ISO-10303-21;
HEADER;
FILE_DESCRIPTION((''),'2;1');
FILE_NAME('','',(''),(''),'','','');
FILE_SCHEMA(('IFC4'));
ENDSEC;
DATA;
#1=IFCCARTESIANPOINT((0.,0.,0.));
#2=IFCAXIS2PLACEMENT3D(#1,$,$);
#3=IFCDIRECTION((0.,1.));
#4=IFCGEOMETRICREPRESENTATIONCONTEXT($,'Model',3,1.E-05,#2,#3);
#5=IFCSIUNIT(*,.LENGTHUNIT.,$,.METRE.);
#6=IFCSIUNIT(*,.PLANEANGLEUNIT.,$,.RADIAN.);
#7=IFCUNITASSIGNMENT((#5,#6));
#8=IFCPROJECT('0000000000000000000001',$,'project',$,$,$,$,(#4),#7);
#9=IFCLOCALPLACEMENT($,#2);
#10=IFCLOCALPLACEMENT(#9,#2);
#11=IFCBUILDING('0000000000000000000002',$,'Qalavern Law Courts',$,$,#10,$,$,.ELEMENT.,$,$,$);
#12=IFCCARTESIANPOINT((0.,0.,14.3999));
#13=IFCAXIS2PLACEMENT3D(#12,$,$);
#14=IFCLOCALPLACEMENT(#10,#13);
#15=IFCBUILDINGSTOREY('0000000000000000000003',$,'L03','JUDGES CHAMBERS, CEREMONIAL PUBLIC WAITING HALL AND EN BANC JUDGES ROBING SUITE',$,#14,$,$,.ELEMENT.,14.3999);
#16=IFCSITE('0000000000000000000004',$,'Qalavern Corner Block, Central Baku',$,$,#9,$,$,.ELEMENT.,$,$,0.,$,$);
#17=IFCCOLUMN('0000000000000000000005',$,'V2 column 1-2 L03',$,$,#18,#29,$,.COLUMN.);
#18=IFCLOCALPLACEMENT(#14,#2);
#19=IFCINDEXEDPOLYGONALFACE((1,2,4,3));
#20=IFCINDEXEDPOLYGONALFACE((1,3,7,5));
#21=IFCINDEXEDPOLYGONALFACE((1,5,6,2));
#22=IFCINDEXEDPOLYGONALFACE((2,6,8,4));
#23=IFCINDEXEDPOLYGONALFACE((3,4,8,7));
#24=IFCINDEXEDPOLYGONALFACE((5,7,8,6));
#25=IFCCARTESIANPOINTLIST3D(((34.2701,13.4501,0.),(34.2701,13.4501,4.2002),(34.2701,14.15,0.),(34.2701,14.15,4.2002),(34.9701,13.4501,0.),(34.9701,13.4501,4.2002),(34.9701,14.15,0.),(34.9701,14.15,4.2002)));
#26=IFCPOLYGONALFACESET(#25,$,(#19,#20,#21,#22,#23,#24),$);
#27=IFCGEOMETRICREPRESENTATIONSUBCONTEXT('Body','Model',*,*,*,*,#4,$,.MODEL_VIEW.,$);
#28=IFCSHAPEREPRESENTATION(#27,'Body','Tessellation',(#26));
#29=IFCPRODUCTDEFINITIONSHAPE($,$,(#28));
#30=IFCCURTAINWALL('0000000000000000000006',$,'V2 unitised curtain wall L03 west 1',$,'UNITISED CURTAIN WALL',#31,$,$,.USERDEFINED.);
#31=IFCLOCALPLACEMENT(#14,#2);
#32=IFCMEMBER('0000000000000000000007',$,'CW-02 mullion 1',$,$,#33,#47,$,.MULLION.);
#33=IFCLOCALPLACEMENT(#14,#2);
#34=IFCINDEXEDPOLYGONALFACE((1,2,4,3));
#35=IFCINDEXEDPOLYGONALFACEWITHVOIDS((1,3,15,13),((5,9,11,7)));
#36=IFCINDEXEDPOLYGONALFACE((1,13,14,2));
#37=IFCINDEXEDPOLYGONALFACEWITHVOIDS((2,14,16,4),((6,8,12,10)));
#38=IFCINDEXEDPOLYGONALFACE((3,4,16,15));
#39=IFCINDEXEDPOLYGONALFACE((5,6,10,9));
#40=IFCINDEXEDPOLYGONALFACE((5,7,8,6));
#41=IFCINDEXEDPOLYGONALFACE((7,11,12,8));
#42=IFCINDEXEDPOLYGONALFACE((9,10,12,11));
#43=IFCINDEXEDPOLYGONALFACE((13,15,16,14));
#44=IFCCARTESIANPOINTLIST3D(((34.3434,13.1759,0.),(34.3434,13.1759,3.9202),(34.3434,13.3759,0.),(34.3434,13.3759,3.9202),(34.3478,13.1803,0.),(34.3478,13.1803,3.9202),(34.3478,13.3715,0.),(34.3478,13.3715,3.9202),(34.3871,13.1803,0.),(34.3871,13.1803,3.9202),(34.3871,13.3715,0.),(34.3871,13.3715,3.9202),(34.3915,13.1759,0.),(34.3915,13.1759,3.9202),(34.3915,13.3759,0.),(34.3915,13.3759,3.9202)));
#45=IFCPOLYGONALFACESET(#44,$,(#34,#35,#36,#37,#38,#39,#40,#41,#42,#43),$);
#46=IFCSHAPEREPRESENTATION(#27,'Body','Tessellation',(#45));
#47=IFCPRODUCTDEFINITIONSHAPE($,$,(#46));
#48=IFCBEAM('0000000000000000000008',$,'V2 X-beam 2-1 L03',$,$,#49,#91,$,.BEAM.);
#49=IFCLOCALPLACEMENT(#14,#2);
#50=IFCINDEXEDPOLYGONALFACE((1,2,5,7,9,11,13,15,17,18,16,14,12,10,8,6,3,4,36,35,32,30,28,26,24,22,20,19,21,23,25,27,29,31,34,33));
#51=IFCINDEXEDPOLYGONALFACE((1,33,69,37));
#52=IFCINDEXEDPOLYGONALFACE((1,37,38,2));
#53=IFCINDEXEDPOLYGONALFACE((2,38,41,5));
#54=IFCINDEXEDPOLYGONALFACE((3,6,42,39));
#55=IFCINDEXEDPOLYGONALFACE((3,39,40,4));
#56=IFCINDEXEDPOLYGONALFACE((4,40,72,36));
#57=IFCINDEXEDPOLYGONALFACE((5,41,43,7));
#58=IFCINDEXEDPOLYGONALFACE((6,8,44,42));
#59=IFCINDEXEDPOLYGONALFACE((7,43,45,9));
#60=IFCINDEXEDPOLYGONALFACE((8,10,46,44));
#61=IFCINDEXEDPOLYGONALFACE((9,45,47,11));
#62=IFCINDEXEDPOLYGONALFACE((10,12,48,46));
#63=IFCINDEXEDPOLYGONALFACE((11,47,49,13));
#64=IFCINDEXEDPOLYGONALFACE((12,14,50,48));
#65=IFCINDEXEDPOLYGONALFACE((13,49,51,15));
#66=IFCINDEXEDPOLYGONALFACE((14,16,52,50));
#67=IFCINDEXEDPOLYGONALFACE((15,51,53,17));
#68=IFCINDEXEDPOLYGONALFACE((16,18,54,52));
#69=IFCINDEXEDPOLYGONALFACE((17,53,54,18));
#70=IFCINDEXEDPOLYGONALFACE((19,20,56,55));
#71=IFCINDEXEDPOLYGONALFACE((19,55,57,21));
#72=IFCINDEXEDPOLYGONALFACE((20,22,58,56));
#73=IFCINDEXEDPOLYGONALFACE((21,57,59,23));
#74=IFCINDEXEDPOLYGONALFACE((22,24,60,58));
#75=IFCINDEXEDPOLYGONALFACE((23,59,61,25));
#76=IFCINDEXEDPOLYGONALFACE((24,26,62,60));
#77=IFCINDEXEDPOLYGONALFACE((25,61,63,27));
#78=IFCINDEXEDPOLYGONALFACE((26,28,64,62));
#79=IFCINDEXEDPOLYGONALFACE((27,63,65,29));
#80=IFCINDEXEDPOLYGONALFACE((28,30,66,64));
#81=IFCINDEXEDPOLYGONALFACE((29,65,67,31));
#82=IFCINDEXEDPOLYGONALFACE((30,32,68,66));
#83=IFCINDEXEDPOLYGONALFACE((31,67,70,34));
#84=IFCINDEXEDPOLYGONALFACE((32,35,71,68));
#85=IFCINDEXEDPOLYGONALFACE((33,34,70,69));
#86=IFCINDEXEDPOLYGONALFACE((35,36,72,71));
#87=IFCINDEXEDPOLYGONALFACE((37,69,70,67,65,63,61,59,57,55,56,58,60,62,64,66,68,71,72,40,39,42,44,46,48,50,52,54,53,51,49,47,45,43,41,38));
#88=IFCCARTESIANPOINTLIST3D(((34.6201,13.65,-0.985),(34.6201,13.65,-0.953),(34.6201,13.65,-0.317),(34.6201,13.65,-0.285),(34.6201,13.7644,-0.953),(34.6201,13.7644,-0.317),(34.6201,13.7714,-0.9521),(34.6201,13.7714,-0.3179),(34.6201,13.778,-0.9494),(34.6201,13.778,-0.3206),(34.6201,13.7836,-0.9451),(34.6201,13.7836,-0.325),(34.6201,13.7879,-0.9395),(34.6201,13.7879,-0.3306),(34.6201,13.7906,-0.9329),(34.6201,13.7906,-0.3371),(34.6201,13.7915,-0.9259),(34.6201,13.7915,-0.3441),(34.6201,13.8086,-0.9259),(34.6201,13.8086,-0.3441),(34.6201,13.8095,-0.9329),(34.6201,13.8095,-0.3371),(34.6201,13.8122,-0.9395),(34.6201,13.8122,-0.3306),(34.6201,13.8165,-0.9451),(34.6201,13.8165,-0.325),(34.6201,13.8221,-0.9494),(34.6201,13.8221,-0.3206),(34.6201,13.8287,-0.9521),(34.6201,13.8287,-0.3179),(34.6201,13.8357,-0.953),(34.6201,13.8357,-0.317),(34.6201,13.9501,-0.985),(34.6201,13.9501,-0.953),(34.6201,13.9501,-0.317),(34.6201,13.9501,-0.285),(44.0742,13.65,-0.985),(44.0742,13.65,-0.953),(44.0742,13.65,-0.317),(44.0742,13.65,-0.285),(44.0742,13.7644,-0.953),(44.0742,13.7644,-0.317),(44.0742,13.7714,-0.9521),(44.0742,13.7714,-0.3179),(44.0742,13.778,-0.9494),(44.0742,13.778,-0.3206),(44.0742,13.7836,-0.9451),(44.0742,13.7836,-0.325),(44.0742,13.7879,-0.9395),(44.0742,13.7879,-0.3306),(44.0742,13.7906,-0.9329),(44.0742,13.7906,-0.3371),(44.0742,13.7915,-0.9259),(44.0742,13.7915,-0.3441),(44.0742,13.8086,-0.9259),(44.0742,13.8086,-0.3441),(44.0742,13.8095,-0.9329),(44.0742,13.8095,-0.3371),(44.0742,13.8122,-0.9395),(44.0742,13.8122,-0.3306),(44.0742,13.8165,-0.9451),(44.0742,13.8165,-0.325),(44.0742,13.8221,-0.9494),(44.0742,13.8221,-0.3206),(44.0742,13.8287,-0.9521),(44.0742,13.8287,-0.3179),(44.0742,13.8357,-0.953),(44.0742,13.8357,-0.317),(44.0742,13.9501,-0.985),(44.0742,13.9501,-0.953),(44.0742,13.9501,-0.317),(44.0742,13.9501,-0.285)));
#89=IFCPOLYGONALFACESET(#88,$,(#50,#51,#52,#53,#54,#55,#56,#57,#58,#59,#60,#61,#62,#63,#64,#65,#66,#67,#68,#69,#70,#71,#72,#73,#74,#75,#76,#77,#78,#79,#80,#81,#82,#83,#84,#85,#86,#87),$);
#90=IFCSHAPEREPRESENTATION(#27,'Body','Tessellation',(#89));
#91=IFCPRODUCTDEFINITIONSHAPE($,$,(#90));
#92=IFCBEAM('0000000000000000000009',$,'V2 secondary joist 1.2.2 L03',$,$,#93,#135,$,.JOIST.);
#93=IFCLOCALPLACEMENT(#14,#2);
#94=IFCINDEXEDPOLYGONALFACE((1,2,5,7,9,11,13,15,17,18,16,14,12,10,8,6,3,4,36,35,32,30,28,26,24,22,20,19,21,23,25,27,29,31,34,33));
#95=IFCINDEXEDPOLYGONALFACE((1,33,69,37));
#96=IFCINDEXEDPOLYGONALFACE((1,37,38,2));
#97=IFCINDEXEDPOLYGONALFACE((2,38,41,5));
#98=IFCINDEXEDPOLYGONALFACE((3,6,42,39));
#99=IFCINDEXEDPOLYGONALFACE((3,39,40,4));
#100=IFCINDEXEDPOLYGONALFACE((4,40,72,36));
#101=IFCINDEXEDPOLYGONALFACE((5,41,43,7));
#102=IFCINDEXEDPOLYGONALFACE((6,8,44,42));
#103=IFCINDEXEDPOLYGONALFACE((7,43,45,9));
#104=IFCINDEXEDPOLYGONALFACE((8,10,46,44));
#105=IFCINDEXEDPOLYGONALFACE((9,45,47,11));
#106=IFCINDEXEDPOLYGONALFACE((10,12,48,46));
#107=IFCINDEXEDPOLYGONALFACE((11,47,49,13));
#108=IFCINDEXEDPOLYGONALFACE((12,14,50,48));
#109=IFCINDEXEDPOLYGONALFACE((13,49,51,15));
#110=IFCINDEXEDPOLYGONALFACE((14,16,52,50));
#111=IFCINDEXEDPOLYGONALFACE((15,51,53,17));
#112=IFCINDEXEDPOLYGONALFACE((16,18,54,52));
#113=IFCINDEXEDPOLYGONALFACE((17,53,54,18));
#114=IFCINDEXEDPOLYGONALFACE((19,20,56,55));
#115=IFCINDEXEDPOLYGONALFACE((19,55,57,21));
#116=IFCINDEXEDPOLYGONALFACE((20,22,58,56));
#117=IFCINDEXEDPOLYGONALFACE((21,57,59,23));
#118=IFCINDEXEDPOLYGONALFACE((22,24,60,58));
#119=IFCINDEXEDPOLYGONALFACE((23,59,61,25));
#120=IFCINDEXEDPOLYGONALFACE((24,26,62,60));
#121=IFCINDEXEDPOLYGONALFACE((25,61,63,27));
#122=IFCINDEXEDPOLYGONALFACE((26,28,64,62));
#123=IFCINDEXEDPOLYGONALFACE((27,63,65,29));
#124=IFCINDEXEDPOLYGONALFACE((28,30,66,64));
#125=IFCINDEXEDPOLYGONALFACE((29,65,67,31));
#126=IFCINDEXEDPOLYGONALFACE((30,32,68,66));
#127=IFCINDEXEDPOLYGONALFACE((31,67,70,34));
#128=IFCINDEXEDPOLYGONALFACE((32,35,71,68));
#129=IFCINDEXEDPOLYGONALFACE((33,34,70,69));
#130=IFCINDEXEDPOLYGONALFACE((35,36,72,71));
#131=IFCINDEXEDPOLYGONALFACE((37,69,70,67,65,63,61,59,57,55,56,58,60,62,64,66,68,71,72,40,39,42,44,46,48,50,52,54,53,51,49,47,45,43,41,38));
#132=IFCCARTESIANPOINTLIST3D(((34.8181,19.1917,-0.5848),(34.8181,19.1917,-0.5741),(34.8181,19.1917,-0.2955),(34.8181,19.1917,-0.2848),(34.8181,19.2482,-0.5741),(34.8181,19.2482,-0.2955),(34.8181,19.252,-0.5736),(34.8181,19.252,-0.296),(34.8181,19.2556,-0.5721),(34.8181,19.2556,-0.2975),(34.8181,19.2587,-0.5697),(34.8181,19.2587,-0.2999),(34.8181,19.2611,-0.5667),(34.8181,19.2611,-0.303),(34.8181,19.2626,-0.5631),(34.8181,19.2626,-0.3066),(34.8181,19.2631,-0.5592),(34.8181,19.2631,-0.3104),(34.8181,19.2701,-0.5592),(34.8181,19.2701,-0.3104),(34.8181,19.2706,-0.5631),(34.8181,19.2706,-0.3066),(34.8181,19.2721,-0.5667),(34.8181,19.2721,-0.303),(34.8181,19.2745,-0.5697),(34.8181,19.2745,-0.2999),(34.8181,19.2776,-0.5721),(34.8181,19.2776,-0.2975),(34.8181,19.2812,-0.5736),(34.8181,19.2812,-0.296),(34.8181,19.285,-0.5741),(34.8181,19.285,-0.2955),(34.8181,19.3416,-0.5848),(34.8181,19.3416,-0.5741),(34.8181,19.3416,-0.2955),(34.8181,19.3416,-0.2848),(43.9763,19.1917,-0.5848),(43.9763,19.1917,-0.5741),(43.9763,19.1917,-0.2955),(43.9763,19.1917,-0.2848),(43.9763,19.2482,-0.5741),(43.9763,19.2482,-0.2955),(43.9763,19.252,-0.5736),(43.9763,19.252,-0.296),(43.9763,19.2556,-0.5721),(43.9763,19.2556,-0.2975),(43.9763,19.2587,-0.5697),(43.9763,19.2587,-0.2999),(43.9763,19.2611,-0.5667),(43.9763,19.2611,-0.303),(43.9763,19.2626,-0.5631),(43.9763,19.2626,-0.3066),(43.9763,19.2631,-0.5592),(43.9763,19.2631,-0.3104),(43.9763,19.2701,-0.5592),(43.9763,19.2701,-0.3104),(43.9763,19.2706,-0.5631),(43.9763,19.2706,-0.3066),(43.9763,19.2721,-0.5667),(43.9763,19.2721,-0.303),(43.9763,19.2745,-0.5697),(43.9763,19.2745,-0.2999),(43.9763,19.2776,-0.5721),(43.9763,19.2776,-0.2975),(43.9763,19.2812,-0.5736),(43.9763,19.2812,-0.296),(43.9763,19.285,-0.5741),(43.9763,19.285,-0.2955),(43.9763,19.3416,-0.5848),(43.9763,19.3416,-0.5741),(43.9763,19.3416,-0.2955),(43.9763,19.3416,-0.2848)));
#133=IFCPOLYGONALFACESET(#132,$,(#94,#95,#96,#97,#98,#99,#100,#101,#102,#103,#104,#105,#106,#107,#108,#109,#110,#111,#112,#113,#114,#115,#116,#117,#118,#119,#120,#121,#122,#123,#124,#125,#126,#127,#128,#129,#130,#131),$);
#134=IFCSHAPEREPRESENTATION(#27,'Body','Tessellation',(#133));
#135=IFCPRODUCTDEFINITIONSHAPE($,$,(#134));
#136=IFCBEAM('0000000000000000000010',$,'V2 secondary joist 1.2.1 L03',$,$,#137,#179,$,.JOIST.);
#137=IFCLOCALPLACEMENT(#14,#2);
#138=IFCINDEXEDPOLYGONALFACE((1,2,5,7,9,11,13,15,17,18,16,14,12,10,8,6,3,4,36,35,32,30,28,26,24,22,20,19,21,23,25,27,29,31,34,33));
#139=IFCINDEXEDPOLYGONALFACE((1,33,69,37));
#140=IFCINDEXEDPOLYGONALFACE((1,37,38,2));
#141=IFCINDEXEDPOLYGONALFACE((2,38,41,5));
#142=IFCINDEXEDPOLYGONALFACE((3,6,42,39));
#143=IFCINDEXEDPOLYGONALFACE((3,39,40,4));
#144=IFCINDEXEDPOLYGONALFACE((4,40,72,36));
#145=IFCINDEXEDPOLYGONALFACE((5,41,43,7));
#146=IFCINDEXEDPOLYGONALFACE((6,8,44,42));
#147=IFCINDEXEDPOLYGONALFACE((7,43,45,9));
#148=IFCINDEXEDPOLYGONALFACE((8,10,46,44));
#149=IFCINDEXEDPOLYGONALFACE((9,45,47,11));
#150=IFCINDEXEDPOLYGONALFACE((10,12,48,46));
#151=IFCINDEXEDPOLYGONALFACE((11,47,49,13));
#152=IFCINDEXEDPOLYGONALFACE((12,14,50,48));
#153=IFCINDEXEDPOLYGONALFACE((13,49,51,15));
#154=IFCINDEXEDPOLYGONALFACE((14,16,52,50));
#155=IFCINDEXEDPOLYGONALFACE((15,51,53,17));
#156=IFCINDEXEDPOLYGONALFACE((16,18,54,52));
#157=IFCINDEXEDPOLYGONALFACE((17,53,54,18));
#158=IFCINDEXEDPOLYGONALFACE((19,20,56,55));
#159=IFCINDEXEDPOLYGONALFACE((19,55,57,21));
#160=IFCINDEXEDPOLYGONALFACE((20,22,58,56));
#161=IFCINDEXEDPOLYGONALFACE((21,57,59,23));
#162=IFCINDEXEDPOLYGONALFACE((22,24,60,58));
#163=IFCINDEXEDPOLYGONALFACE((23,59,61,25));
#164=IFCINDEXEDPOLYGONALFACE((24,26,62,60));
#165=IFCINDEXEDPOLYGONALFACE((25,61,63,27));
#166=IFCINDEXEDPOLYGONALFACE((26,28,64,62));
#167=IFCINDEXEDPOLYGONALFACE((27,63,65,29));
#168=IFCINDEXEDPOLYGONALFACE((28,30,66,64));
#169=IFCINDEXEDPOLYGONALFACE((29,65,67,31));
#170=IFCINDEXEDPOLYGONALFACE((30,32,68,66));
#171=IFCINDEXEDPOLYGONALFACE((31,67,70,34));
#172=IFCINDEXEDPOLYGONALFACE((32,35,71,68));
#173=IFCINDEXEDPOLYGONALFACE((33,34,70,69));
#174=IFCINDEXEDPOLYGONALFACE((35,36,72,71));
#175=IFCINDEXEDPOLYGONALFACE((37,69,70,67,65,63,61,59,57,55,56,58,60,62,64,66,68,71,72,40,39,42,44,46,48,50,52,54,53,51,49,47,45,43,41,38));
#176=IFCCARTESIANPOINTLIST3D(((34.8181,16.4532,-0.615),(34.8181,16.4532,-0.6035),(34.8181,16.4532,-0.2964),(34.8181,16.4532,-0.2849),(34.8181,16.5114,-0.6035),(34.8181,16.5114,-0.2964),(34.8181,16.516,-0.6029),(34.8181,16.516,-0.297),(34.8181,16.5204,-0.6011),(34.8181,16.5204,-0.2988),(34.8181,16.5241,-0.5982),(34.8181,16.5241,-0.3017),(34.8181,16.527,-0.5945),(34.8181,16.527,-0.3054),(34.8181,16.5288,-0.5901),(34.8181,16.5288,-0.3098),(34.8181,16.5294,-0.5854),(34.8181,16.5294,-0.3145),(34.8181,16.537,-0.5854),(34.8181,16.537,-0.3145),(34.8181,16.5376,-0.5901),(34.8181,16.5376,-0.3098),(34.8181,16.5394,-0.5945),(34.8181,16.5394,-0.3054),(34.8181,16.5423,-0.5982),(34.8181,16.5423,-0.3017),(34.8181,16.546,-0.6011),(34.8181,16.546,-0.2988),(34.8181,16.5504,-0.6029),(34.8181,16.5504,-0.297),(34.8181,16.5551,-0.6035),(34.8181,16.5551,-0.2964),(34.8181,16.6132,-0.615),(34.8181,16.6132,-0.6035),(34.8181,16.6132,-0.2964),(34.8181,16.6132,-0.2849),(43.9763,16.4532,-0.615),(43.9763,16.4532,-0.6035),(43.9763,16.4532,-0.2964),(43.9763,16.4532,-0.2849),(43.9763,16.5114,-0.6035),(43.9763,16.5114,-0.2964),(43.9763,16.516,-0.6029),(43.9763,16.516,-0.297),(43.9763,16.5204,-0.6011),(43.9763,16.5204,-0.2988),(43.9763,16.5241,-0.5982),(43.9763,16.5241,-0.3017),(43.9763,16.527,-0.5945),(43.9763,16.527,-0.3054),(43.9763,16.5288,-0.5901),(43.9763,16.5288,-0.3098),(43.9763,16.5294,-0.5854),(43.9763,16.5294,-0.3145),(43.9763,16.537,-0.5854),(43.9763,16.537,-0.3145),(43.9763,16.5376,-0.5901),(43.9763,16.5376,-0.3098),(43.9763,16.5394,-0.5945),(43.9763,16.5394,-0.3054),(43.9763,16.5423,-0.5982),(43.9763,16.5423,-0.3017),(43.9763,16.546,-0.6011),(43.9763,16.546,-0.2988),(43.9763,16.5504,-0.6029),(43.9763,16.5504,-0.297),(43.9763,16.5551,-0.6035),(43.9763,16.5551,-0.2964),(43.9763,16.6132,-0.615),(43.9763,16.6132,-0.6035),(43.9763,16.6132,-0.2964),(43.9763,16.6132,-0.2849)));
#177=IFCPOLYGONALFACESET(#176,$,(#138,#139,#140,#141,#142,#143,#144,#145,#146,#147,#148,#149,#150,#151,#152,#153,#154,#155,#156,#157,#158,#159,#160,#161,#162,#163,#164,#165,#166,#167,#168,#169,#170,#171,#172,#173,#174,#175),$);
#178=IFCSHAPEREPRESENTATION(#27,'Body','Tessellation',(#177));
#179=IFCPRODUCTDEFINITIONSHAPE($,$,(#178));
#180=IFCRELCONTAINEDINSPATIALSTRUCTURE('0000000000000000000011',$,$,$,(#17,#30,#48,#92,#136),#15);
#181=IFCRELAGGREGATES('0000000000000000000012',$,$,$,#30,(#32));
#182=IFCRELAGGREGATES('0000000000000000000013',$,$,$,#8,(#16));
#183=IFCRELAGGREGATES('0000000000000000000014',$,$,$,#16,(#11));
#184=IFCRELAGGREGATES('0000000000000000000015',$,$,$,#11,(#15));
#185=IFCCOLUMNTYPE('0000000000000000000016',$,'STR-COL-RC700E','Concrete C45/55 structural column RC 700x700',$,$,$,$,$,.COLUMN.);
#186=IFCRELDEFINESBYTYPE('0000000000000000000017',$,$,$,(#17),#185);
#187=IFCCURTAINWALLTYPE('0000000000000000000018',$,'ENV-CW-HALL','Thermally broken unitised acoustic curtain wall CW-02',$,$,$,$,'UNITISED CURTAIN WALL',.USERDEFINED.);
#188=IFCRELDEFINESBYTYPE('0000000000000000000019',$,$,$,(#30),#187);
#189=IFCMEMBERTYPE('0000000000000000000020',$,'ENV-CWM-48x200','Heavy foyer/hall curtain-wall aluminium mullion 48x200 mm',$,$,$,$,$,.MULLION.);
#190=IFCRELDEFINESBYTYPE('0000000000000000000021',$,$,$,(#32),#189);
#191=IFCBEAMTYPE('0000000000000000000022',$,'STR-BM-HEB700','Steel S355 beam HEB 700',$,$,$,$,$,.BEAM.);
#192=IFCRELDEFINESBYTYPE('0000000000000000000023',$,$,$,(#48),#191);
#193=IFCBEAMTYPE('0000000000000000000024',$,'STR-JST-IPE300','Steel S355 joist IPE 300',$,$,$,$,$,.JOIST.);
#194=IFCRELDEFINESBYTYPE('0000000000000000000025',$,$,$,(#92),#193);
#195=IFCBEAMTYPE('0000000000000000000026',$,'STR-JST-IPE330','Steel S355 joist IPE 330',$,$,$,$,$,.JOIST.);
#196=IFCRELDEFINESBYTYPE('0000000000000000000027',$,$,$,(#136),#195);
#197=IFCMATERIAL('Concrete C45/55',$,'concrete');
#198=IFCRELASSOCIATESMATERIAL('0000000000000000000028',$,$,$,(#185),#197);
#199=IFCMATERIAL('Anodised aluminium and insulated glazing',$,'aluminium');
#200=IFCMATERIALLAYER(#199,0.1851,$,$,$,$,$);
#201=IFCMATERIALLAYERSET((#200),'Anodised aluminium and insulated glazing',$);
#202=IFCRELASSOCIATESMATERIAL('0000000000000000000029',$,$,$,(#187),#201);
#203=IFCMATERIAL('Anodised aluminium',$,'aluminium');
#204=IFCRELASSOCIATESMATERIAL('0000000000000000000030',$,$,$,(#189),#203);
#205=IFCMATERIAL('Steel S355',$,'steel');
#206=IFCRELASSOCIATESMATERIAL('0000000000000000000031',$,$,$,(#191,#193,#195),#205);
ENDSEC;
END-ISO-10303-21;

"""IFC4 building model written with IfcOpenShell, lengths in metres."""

from ifc_helpers import new_model, si_unit, direction, frame, origin, origin_2d, place, context, subcontext, project, spatial, rectangle, hollow_rectangle, i_section, extrude, material, layer, layer_set, material_profile, profile_set, type_object, element, aggregate, save


model = new_model("IFC4")

# Units and contexts
model_context = context("Model", 3, precision=1e-05, world=origin(), true_north=direction((0.0, 1.0)))
body_context = subcontext(model_context, "Body", "Model", "MODEL_VIEW")
ifc_project = project(units=[si_unit("LENGTHUNIT", "METRE"), si_unit("PLANEANGLEUNIT", "RADIAN")], contexts=[model_context])

# Site, building, storey
site_placement = place(None, origin())
site = spatial("IfcSite", under=ifc_project, at=site_placement, Name="Qalavern Corner Block, Central Baku", CompositionType="ELEMENT", RefElevation=0.0)
building_placement = place(site_placement, origin())
building = spatial("IfcBuilding", under=site, at=building_placement, Name="Qalavern Law Courts", CompositionType="ELEMENT")
storey_placement = place(building_placement, frame((0.0, 0.0, 14.3999)))
storey = spatial("IfcBuildingStorey", under=building, at=storey_placement, Name="L03", Description="JUDGES CHAMBERS, CEREMONIAL PUBLIC WAITING HALL AND EN BANC JUDGES ROBING SUITE", CompositionType="ELEMENT", Elevation=14.3999)

# Column
ifc_material_1 = material(Name="Concrete C45/55", Category="concrete")
ifc_material_profile_1 = material_profile(ifc_material_1, rectangle(XDim=0.7, YDim=0.7, at=origin_2d()), Name="RC 700x700")
ifc_profile_set_1 = profile_set([ifc_material_profile_1], Name="Concrete C45/55")
column_type = type_object("IfcColumnType", Name="STR-COL-RC700E", Description="Concrete C45/55 structural column RC 700x700", PredefinedType="COLUMN", material=ifc_profile_set_1)
column_placement = place(storey_placement, frame((34.6201, 13.8, 0.0), z_axis=(0.0, 0.0, 1.0), x_axis=(1.0, 0.0, 0.0)))
element("IfcColumn", 1, at=column_placement, inside=storey, type_object=column_type, Name="V2 column 1-2 L03", PredefinedType="COLUMN", context=body_context, shape_type="SweptSolid", body=[
    extrude(rectangle(XDim=0.7, YDim=0.7, at=origin_2d()), origin(), (0.0, 0.0, 1.0), 4.2002),
])

# Curtain wall, member
ifc_material_2 = material(Name="Anodised aluminium and insulated glazing", Category="aluminium")
ifc_layer_1 = layer(ifc_material_2, 0.1851)
ifc_layer_set_1 = layer_set([ifc_layer_1], Name="Anodised aluminium and insulated glazing")
curtain_wall_type = type_object("IfcCurtainWallType", Name="ENV-CW-HALL", Description="Thermally broken unitised acoustic curtain wall CW-02", ElementType="UNITISED CURTAIN WALL", PredefinedType="USERDEFINED", material=ifc_layer_set_1)
curtain_wall_placement = place(storey_placement, origin())
curtain_wall = element("IfcCurtainWall", 2, at=curtain_wall_placement, inside=storey, type_object=curtain_wall_type, Name="V2 unitised curtain wall L03 west 1", ObjectType="UNITISED CURTAIN WALL", PredefinedType="USERDEFINED")
ifc_material_3 = material(Name="Anodised aluminium", Category="aluminium")
ifc_material_profile_2 = material_profile(ifc_material_3, hollow_rectangle(XDim=0.0481, YDim=0.2, WallThickness=0.0044, at=origin_2d()), Name="ALU MULLION 48x200")
ifc_profile_set_2 = profile_set([ifc_material_profile_2], Name="Anodised aluminium")
member_type = type_object("IfcMemberType", Name="ENV-CWM-48x200", Description="Heavy foyer/hall curtain-wall aluminium mullion 48x200 mm", PredefinedType="MULLION", material=ifc_profile_set_2)
member_placement = place(storey_placement, frame((34.3674, 13.2759, 0.0), z_axis=(0.0, 0.0, 1.0), x_axis=(1.0, 0.0, 0.0)))
member = element("IfcMember", 3, at=member_placement, type_object=member_type, Name="CW-02 mullion 1", PredefinedType="MULLION", context=body_context, shape_type="SweptSolid", body=[
    extrude(hollow_rectangle(XDim=0.0481, YDim=0.2, WallThickness=0.0044, at=origin_2d()), origin(), (0.0, 0.0, 1.0), 3.9202),
])
aggregate(curtain_wall, [member])

# Beams
ifc_material_4 = material(Name="Steel S355", Category="steel")
ifc_material_profile_3 = material_profile(ifc_material_4, i_section(OverallWidth=0.3, OverallDepth=0.7, WebThickness=0.0171, FlangeThickness=0.032, FilletRadius=0.0271, at=origin_2d()), Name="HEB 700")
ifc_profile_set_3 = profile_set([ifc_material_profile_3], Name="Steel S355")
beam_type_1 = type_object("IfcBeamType", Name="STR-BM-HEB700", Description="Steel S355 beam HEB 700", PredefinedType="BEAM", material=ifc_profile_set_3)
beam_1_placement = place(storey_placement, frame((34.6201, 13.8, -0.635), z_axis=(1.0, 0.0, 0.0), x_axis=(0.0, 1.0, 0.0)))
element("IfcBeam", 4, at=beam_1_placement, inside=storey, type_object=beam_type_1, Name="V2 X-beam 2-1 L03", PredefinedType="BEAM", context=body_context, shape_type="SweptSolid", body=[
    extrude(i_section(OverallWidth=0.3, OverallDepth=0.7, WebThickness=0.0171, FlangeThickness=0.032, FilletRadius=0.0271, at=origin_2d()), origin(), (0.0, 0.0, 1.0), 9.4541),
])
ifc_material_profile_4 = material_profile(ifc_material_4, i_section(OverallWidth=0.1499, OverallDepth=0.3, WebThickness=0.0071, FlangeThickness=0.0107, FilletRadius=0.0149, at=origin_2d()), Name="IPE 300")
ifc_profile_set_4 = profile_set([ifc_material_profile_4], Name="Steel S355")
beam_type_2 = type_object("IfcBeamType", Name="STR-JST-IPE300", Description="Steel S355 joist IPE 300", PredefinedType="JOIST", material=ifc_profile_set_4)
beam_2_placement = place(storey_placement, frame((34.8181, 19.2666, -0.4348), z_axis=(1.0, 0.0, 0.0), x_axis=(0.0, 1.0, 0.0)))
element("IfcBeam", 5, at=beam_2_placement, inside=storey, type_object=beam_type_2, Name="V2 secondary joist 1.2.2 L03", PredefinedType="JOIST", context=body_context, shape_type="SweptSolid", body=[
    extrude(i_section(OverallWidth=0.1499, OverallDepth=0.3, WebThickness=0.0071, FlangeThickness=0.0107, FilletRadius=0.0149, at=origin_2d()), origin(), (0.0, 0.0, 1.0), 9.1582),
])
ifc_material_profile_5 = material_profile(ifc_material_4, i_section(OverallWidth=0.1599, OverallDepth=0.3301, WebThickness=0.0076, FlangeThickness=0.0115, FilletRadius=0.0181, at=origin_2d()), Name="IPE 330")
ifc_profile_set_5 = profile_set([ifc_material_profile_5], Name="Steel S355")
beam_type_3 = type_object("IfcBeamType", Name="STR-JST-IPE330", Description="Steel S355 joist IPE 330", PredefinedType="JOIST", material=ifc_profile_set_5)
beam_3_placement = place(storey_placement, frame((34.8181, 16.5332, -0.45), z_axis=(1.0, 0.0, 0.0), x_axis=(0.0, 1.0, 0.0)))
element("IfcBeam", 6, at=beam_3_placement, inside=storey, type_object=beam_type_3, Name="V2 secondary joist 1.2.1 L03", PredefinedType="JOIST", context=body_context, shape_type="SweptSolid", body=[
    extrude(i_section(OverallWidth=0.1599, OverallDepth=0.3301, WebThickness=0.0076, FlangeThickness=0.0115, FilletRadius=0.0181, at=origin_2d()), origin(), (0.0, 0.0, 1.0), 9.1582),
])

save(model, "model.ifc")
